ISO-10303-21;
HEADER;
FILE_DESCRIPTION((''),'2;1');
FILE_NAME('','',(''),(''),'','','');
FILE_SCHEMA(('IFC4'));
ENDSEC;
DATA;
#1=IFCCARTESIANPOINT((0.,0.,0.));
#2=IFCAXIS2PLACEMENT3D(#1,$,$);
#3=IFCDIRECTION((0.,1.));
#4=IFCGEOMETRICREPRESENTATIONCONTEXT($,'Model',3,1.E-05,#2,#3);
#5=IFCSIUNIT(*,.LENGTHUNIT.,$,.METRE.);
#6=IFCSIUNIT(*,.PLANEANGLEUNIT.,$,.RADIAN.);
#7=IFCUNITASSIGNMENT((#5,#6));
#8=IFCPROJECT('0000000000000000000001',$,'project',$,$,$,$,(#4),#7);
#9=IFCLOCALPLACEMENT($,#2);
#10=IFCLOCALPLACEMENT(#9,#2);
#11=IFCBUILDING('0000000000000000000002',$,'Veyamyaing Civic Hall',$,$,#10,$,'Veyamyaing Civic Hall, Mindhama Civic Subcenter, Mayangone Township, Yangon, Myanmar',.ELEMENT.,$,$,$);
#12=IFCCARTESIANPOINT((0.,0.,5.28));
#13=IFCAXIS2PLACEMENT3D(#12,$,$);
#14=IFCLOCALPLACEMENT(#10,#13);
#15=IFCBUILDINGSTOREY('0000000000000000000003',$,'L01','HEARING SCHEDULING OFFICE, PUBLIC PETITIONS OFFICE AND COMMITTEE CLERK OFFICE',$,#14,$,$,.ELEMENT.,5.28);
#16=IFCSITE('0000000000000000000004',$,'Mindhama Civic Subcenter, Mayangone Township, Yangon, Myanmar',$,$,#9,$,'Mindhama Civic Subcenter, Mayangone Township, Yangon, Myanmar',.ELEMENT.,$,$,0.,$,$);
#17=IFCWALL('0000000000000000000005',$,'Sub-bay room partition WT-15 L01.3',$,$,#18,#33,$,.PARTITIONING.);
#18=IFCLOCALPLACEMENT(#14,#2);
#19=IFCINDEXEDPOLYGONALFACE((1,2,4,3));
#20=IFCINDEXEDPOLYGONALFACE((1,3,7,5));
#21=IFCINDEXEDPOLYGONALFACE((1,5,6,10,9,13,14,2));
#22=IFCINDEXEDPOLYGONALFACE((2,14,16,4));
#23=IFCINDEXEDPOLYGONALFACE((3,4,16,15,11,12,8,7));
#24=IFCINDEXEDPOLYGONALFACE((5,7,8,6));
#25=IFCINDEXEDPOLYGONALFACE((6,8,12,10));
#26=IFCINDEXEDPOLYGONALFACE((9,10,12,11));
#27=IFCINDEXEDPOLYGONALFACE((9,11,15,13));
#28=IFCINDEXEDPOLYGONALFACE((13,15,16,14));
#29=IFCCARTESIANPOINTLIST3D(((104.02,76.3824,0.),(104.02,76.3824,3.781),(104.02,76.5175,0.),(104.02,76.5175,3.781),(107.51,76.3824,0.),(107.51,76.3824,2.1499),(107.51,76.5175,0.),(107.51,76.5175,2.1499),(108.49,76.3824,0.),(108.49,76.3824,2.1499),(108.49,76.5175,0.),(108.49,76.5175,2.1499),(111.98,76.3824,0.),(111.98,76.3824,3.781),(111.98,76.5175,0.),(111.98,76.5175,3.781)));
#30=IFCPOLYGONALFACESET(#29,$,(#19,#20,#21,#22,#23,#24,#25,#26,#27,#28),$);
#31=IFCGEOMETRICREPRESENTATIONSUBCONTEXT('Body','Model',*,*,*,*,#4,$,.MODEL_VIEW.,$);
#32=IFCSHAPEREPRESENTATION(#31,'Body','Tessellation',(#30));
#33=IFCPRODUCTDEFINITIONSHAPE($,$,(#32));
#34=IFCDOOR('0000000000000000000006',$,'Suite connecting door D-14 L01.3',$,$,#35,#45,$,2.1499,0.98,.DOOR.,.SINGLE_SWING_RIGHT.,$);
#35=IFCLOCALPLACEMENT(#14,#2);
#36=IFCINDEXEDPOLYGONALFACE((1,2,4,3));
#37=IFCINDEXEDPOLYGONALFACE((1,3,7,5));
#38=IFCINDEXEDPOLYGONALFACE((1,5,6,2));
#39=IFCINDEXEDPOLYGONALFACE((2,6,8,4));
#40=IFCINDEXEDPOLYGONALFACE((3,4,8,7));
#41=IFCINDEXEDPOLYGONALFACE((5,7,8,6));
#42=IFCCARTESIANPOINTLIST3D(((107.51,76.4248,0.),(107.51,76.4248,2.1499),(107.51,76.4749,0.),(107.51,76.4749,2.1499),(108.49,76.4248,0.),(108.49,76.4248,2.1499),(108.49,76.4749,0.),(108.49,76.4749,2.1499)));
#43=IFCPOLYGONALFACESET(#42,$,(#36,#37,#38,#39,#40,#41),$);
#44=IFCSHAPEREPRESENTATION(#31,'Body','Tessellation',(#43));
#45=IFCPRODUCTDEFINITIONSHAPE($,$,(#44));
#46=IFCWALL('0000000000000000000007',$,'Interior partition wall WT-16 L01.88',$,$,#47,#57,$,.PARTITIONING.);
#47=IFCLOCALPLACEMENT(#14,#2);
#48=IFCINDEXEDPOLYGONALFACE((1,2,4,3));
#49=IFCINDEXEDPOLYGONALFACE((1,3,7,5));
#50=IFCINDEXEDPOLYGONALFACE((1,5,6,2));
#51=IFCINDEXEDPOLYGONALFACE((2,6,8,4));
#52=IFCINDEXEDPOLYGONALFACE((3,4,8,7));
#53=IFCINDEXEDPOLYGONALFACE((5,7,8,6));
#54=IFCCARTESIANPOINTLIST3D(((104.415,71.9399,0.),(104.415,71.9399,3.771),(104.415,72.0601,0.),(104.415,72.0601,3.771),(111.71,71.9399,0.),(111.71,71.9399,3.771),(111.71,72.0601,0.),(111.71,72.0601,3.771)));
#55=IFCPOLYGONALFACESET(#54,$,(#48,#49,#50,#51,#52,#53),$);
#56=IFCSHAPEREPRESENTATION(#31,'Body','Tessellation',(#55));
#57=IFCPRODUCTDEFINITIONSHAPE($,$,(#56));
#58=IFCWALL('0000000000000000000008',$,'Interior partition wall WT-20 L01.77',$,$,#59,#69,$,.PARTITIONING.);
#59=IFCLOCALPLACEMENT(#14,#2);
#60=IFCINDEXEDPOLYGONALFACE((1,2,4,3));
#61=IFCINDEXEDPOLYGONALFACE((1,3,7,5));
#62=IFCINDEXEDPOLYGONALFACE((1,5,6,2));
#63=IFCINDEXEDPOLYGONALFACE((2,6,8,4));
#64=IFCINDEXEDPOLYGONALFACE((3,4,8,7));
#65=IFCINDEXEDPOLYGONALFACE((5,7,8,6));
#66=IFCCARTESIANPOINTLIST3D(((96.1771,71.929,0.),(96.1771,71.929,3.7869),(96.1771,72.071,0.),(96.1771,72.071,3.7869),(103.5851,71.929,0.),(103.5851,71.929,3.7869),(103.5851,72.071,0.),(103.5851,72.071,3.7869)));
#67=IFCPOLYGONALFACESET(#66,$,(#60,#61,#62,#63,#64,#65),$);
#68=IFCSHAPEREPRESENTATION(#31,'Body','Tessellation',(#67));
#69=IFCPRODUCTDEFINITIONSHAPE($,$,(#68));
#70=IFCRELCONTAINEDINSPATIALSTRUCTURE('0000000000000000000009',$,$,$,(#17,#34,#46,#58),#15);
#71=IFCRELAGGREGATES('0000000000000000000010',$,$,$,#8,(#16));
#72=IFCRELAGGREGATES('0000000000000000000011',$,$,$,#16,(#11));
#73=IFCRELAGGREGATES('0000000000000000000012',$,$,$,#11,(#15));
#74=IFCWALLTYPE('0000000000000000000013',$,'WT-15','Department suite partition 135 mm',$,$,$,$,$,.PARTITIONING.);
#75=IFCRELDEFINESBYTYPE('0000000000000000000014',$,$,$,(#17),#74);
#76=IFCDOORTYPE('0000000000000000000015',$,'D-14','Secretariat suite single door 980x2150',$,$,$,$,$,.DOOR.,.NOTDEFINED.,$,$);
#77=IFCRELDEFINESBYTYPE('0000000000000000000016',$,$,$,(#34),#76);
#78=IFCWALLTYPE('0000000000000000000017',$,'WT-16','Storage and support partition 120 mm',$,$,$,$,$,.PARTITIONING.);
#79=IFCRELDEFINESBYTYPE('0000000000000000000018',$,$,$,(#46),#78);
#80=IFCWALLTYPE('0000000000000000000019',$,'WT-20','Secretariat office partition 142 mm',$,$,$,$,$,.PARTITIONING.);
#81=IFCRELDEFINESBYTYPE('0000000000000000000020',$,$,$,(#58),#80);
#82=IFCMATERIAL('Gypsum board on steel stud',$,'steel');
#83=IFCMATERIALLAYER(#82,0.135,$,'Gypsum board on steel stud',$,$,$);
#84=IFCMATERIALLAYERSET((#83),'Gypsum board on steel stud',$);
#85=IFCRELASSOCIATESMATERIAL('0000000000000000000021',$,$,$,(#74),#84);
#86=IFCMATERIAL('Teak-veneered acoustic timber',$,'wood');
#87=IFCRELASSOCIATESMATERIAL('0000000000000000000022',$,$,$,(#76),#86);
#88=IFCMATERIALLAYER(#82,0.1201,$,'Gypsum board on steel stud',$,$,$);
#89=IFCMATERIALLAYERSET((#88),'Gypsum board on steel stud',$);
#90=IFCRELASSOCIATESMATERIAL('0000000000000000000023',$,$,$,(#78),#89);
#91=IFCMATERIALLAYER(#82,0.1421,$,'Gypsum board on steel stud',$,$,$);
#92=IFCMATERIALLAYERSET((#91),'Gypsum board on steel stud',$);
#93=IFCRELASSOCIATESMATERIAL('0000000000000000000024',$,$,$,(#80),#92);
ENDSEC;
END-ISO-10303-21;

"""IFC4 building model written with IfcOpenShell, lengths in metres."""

from ifc_helpers import new_model, si_unit, direction, frame, frame_2d, origin, place, context, subcontext, project, spatial, rectangle, extrude, material, layer, layer_set, type_object, element, fill, save


model = new_model("IFC4")

# Units and contexts
model_context = context("Model", 3, precision=1e-05, world=origin(), true_north=direction((0.0, 1.0)))
body_context = subcontext(model_context, "Body", "Model", "MODEL_VIEW")
ifc_project = project(units=[si_unit("LENGTHUNIT", "METRE"), si_unit("PLANEANGLEUNIT", "RADIAN")], contexts=[model_context])

# Site, building, storey
site_placement = place(None, origin())
site = spatial("IfcSite", under=ifc_project, at=site_placement, Name="Mindhama Civic Subcenter, Mayangone Township, Yangon, Myanmar", LongName="Mindhama Civic Subcenter, Mayangone Township, Yangon, Myanmar", CompositionType="ELEMENT", RefElevation=0.0)
building_placement = place(site_placement, origin())
building = spatial("IfcBuilding", under=site, at=building_placement, Name="Veyamyaing Civic Hall", LongName="Veyamyaing Civic Hall, Mindhama Civic Subcenter, Mayangone Township, Yangon, Myanmar", CompositionType="ELEMENT")
storey_placement = place(building_placement, frame((0.0, 0.0, 5.28)))
storey = spatial("IfcBuildingStorey", under=building, at=storey_placement, Name="L01", Description="HEARING SCHEDULING OFFICE, PUBLIC PETITIONS OFFICE AND COMMITTEE CLERK OFFICE", CompositionType="ELEMENT", Elevation=5.28)

# Shared definitions
ifc_material_1 = material(Name="Teak-veneered acoustic timber", Category="wood")

# Shared definitions
ifc_material_2 = material(Name="Gypsum board on steel stud", Category="steel")
ifc_layer_1 = layer(ifc_material_2, 0.135, Name="Gypsum board on steel stud")
ifc_layer_set_1 = layer_set([ifc_layer_1], Name="Gypsum board on steel stud")
wall_type_1 = type_object("IfcWallType", Name="WT-15", Description="Department suite partition 135 mm", PredefinedType="PARTITIONING", material=ifc_layer_set_1)

# Wall, opening, door
wall_1_placement = place(storey_placement, frame((104.02, 76.45, 0.0), z_axis=(0.0, 0.0, 1.0), x_axis=(1.0, 0.0, 0.0)))
wall_1 = element("IfcWall", 1, at=wall_1_placement, inside=storey, type_object=wall_type_1, Name="Sub-bay room partition WT-15 L01.3", PredefinedType="PARTITIONING", context=body_context, shape_type="SweptSolid", body=[
    extrude(rectangle(XDim=7.96, YDim=0.135, at=frame_2d((3.98, 0.0))), origin(), (0.0, 0.0, 1.0), 3.781),
])
opening_1_placement = place(wall_1_placement, frame((3.49, 0.0, 0.0)))
opening_1 = element("IfcOpeningElement", 2, at=opening_1_placement, cuts=wall_1, PredefinedType="OPENING", context=body_context, shape_type="SweptSolid", body=[
    extrude(rectangle(XDim=0.98, YDim=2.1499, at=frame_2d((0.49, 1.075))), frame((0.0, 0.0774, 0.0), z_axis=(0.0, -1.0, 0.0), x_axis=(1.0, 0.0, 0.0)), (0.0, 0.0, 1.0), 0.155),
])
door_type_1 = type_object("IfcDoorType", Name="D-14", Description="Secretariat suite single door 980x2150", OperationType="NOTDEFINED", PredefinedType="DOOR", material=ifc_material_1)
door_1_placement = place(opening_1_placement, origin())
door_1 = element("IfcDoor", 3, at=door_1_placement, inside=storey, type_object=door_type_1, Name="Suite connecting door D-14 L01.3", OperationType="SINGLE_SWING_RIGHT", OverallHeight=2.1499, OverallWidth=0.98, PredefinedType="DOOR", context=body_context, shape_type="SweptSolid", body=[
    extrude(rectangle(XDim=0.98, YDim=2.1499, at=frame_2d((0.49, 1.075))), frame((0.0, 0.0249, 0.0), z_axis=(0.0, -1.0, 0.0), x_axis=(1.0, 0.0, 0.0)), (0.0, 0.0, 1.0), 0.05),
])
fill(opening_1, door_1)

# Walls
ifc_layer_2 = layer(ifc_material_2, 0.1201, Name="Gypsum board on steel stud")
ifc_layer_set_2 = layer_set([ifc_layer_2], Name="Gypsum board on steel stud")
wall_type_2 = type_object("IfcWallType", Name="WT-16", Description="Storage and support partition 120 mm", PredefinedType="PARTITIONING", material=ifc_layer_set_2)
wall_2_placement = place(storey_placement, frame((104.415, 72.0, 0.0), z_axis=(0.0, 0.0, 1.0), x_axis=(1.0, 0.0, 0.0)))
element("IfcWall", 4, at=wall_2_placement, inside=storey, type_object=wall_type_2, Name="Interior partition wall WT-16 L01.88", PredefinedType="PARTITIONING", context=body_context, shape_type="SweptSolid", body=[
    extrude(rectangle(XDim=7.2949, YDim=0.1201, at=frame_2d((3.6475, 0.0))), origin(), (0.0, 0.0, 1.0), 3.771),
])
ifc_layer_3 = layer(ifc_material_2, 0.1421, Name="Gypsum board on steel stud")
ifc_layer_set_3 = layer_set([ifc_layer_3], Name="Gypsum board on steel stud")
wall_type_3 = type_object("IfcWallType", Name="WT-20", Description="Secretariat office partition 142 mm", PredefinedType="PARTITIONING", material=ifc_layer_set_3)
wall_3_placement = place(storey_placement, frame((96.177, 72.0, 0.0), z_axis=(0.0, 0.0, 1.0), x_axis=(1.0, 0.0, 0.0)))
element("IfcWall", 5, at=wall_3_placement, inside=storey, type_object=wall_type_3, Name="Interior partition wall WT-20 L01.77", PredefinedType="PARTITIONING", context=body_context, shape_type="SweptSolid", body=[
    extrude(rectangle(XDim=7.408, YDim=0.1421, at=frame_2d((3.7041, 0.0))), origin(), (0.0, 0.0, 1.0), 3.7869),
])

save(model, "model.ifc")
